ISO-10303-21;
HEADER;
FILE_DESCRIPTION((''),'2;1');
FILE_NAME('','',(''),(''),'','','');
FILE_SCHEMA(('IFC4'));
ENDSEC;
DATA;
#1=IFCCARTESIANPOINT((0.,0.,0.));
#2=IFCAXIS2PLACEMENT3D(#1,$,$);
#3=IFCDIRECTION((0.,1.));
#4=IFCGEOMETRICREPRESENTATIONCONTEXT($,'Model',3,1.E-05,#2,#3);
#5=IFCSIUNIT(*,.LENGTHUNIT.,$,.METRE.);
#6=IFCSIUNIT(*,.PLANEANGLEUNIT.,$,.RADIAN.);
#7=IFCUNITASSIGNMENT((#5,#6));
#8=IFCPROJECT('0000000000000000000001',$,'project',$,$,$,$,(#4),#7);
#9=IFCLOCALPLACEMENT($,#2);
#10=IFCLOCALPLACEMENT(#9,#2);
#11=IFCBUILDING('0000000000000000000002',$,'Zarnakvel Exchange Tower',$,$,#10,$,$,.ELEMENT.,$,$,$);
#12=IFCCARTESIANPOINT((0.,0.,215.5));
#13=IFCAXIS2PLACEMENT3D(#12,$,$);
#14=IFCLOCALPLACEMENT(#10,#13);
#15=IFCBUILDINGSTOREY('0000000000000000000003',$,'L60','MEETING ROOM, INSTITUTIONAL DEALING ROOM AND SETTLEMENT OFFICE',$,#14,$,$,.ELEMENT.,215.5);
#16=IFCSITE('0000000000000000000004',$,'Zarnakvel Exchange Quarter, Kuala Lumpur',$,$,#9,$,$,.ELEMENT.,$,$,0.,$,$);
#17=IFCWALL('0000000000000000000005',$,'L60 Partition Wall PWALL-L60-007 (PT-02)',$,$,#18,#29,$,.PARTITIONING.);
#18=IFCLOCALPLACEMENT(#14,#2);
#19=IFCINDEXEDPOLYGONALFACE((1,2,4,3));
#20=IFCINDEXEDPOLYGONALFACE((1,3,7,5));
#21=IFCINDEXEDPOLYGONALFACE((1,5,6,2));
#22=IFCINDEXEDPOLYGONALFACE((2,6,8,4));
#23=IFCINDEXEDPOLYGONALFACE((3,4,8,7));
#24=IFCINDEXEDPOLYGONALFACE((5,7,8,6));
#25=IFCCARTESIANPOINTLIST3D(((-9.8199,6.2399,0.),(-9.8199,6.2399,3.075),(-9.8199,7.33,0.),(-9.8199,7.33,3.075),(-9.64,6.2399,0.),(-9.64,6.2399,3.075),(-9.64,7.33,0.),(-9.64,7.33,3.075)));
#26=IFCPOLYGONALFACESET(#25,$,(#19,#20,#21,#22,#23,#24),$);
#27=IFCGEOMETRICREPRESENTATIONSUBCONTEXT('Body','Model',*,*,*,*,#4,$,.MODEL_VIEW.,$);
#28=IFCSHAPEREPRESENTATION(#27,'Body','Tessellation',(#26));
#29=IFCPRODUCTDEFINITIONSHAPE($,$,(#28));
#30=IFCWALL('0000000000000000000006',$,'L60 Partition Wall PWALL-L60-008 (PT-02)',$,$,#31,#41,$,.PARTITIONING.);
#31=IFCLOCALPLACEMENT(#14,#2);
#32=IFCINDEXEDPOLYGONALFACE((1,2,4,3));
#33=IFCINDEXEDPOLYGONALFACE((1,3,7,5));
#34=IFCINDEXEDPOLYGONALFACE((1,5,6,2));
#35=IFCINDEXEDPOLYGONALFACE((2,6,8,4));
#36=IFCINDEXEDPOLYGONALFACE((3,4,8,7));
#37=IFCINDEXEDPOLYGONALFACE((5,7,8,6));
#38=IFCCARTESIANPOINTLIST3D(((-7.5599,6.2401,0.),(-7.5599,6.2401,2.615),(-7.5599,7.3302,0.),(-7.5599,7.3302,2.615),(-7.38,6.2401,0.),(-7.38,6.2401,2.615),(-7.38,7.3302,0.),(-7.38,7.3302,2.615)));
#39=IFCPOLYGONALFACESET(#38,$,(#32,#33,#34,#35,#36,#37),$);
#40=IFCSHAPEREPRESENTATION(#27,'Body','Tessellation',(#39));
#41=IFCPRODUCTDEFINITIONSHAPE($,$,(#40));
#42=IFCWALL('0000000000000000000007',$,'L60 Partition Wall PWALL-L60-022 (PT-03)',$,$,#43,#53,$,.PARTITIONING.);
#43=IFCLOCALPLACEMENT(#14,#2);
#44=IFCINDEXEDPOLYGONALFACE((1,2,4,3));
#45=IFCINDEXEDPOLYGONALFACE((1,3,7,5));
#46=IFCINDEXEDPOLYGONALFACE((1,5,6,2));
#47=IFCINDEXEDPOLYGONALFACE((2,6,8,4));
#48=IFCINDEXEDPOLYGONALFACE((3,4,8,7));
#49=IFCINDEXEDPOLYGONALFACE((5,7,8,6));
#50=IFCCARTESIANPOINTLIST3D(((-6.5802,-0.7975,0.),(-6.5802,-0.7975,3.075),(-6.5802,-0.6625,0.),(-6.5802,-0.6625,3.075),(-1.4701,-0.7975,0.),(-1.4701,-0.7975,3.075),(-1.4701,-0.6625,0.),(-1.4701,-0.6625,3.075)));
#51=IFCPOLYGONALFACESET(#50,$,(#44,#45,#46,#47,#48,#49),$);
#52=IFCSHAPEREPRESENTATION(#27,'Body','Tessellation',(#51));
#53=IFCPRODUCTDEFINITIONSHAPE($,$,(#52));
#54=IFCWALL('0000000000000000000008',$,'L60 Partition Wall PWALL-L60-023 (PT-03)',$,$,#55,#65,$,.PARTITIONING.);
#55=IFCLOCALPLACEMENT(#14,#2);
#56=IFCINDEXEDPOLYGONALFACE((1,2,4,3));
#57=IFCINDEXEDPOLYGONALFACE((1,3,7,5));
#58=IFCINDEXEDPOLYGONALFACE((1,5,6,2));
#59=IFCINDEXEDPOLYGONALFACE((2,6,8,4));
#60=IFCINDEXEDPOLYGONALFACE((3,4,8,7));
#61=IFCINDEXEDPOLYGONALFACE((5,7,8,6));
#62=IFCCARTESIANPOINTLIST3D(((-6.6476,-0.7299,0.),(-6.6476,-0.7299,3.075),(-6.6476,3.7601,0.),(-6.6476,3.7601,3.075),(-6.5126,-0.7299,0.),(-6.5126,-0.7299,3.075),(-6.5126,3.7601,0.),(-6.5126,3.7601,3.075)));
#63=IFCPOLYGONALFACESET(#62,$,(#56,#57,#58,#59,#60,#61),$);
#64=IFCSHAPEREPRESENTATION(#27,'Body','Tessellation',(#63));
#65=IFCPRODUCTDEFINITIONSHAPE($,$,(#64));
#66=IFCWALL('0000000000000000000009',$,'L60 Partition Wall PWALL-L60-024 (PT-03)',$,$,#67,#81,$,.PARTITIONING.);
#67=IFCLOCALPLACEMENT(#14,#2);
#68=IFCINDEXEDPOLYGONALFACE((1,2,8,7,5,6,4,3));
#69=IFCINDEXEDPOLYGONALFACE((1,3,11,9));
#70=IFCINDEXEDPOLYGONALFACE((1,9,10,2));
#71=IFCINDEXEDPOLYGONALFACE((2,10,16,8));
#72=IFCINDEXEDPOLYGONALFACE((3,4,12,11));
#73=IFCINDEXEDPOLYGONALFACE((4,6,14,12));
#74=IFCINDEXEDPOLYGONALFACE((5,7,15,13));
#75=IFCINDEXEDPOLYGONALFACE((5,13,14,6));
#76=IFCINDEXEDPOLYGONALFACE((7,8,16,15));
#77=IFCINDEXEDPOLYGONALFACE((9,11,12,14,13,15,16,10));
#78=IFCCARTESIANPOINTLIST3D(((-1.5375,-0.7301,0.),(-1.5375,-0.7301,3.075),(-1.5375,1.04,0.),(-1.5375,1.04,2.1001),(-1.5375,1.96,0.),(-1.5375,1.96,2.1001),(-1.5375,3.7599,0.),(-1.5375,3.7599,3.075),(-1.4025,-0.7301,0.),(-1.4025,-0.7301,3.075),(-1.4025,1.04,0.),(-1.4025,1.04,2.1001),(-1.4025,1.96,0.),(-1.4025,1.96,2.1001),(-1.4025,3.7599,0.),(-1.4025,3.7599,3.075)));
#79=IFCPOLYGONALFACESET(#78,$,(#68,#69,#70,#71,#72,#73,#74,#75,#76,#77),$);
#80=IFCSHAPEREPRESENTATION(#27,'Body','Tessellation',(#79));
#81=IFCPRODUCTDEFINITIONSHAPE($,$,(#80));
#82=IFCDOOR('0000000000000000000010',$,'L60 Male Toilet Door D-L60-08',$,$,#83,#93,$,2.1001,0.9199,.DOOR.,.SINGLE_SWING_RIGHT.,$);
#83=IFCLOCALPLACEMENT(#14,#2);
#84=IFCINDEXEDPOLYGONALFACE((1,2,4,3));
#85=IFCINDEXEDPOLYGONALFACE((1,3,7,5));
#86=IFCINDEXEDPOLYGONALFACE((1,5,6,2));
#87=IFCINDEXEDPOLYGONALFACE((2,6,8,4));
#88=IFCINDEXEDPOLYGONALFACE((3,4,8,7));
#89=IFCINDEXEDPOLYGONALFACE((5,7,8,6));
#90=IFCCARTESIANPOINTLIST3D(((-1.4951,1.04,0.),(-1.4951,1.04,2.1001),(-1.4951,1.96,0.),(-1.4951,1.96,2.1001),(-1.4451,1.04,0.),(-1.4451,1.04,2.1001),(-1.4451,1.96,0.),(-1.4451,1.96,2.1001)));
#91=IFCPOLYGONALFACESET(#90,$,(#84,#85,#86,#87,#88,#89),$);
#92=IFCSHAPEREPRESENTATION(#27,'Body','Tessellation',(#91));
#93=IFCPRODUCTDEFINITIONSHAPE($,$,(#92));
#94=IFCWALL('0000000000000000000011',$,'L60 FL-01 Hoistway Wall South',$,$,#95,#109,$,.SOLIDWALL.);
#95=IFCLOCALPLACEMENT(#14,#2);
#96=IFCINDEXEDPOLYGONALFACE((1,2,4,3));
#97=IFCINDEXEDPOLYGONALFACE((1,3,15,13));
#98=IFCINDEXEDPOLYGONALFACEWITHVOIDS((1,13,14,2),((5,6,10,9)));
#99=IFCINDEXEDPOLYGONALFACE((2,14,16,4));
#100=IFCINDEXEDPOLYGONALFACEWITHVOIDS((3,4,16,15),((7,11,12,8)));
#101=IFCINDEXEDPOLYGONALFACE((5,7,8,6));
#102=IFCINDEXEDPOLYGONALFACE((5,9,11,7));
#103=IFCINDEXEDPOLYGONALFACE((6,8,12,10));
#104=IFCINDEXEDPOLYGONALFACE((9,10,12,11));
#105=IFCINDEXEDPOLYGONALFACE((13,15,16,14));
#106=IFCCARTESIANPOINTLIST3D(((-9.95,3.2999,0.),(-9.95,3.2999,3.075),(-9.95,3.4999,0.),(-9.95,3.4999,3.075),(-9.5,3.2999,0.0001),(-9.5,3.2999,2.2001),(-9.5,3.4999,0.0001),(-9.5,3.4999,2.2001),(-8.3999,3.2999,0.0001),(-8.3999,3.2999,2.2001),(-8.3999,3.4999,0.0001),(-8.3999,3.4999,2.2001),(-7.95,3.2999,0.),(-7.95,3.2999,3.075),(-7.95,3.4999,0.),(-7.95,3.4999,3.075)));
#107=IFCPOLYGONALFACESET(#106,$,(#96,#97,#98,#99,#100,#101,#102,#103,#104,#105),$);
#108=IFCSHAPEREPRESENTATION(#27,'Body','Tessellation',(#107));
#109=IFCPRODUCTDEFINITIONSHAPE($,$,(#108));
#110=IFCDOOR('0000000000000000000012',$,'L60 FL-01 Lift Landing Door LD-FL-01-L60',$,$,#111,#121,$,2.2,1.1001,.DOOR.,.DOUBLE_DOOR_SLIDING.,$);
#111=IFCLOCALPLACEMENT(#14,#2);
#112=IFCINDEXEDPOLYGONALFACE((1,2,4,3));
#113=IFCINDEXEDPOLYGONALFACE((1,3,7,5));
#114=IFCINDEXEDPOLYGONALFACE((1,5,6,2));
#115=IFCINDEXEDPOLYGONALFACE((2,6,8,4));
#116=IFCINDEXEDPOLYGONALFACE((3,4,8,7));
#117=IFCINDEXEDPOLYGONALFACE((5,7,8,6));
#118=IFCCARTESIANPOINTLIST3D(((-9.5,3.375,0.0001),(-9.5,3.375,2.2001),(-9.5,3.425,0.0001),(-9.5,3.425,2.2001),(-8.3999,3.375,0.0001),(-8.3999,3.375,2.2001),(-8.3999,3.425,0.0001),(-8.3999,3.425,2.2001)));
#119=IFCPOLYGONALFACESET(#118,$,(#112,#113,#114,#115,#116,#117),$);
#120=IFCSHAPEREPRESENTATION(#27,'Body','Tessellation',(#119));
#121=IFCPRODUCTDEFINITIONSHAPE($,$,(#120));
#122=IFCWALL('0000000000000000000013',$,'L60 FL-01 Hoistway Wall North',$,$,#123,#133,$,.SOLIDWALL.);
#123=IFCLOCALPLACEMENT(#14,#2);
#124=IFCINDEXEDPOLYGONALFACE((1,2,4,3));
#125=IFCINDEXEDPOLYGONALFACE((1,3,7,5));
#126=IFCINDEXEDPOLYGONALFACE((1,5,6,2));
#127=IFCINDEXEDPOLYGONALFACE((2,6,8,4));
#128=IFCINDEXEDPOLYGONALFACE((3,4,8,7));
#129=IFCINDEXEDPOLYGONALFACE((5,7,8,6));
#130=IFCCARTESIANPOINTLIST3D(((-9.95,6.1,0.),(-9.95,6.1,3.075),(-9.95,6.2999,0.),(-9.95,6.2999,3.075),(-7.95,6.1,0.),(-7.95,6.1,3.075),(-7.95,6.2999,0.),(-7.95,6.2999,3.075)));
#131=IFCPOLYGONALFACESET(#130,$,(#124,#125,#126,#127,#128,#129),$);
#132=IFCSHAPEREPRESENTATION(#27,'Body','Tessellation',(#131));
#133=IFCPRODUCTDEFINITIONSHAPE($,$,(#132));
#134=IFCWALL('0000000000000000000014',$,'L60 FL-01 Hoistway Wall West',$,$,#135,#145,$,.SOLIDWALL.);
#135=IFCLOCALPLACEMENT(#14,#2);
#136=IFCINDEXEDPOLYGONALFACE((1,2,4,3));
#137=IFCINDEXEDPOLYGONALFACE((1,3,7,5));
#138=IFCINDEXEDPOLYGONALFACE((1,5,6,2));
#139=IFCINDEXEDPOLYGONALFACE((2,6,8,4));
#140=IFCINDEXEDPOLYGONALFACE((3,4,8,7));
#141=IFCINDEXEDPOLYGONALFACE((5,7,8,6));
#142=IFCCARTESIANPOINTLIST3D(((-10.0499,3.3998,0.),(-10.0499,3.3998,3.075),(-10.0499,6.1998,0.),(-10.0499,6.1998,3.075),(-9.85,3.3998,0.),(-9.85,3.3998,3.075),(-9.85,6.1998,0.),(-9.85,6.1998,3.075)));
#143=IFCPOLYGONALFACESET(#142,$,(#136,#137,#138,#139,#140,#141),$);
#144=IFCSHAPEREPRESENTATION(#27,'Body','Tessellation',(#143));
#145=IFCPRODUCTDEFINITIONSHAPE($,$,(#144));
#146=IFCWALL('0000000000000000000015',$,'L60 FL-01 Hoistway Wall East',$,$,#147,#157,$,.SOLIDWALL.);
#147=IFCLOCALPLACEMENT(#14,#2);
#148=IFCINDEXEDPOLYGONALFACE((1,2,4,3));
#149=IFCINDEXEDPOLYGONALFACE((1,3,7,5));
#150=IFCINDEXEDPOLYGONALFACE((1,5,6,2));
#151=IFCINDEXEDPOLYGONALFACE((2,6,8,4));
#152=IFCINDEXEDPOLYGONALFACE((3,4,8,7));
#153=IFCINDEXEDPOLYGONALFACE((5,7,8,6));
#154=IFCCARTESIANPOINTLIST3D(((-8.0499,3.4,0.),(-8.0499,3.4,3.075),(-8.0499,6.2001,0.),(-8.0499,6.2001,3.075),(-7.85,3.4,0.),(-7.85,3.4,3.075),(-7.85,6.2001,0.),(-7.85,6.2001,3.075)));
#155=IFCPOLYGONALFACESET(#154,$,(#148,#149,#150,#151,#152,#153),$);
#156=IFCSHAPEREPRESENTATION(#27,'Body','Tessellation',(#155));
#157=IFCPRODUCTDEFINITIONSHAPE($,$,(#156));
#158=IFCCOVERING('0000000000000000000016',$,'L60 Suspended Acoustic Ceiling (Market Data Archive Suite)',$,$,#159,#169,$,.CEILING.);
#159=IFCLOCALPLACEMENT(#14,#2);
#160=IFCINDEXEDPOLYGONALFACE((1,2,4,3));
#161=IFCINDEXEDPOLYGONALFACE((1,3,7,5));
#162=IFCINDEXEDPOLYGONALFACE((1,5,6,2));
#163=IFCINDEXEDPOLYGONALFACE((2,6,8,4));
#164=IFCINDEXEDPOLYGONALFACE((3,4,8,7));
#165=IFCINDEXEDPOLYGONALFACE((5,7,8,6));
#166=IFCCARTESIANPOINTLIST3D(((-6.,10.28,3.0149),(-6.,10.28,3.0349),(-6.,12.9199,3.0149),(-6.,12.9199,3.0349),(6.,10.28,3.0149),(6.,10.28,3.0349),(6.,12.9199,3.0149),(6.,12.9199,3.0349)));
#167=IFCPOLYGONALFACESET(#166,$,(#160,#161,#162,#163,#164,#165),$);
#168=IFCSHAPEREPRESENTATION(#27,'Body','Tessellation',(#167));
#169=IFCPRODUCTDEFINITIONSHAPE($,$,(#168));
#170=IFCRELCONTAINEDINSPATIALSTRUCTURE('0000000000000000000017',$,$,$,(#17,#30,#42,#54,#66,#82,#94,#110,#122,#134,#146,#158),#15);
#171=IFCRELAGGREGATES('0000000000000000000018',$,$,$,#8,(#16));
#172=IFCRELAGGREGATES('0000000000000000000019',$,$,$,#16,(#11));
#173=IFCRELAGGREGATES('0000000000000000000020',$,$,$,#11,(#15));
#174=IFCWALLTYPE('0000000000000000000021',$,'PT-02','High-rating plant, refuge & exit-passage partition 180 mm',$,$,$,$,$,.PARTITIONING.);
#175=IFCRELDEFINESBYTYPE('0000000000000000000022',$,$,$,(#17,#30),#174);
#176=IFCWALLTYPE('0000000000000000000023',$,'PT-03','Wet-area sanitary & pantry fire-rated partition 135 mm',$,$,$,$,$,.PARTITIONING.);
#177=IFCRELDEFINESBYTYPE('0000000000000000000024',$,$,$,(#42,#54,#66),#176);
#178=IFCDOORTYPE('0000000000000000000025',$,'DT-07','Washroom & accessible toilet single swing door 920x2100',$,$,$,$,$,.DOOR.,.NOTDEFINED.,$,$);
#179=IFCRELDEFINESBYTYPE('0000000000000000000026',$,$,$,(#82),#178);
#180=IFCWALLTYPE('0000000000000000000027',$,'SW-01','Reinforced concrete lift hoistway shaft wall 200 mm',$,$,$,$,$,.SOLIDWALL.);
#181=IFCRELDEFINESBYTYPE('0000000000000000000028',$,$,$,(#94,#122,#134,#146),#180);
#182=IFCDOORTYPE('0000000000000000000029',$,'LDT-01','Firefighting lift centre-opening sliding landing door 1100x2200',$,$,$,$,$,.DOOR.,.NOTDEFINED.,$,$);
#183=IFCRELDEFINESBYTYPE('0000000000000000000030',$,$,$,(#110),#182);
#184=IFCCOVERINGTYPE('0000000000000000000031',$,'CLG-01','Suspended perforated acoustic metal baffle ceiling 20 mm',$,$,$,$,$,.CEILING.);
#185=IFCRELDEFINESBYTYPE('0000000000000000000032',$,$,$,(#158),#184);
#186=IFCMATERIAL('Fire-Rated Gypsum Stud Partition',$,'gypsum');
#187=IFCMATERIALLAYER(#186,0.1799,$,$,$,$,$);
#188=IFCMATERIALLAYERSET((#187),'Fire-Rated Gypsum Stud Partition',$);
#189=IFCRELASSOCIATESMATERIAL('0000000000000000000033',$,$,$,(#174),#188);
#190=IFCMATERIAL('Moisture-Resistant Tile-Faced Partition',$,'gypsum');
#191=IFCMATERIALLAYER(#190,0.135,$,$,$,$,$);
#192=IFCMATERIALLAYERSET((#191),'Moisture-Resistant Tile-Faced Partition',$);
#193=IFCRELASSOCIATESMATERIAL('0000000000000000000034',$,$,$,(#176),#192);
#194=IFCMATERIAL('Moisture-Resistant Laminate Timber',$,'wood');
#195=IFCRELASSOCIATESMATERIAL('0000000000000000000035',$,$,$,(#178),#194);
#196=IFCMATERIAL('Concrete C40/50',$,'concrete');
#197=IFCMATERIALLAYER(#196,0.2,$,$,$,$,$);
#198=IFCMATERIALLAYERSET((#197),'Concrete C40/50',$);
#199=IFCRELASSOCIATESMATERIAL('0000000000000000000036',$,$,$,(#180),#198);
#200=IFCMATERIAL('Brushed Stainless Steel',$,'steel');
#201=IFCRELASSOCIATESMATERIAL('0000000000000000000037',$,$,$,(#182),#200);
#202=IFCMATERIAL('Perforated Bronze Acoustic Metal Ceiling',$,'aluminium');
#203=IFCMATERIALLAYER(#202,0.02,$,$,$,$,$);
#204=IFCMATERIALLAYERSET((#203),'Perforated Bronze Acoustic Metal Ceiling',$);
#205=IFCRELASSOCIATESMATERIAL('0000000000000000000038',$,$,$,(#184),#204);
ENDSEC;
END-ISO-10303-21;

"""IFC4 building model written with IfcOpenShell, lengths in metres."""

from ifc_helpers import new_model, si_unit, direction, frame, frame_2d, origin, place, context, subcontext, project, spatial, polyline, rectangle, outline, extrude, source, transform, mapped, material, layer, layer_set, type_object, element, fill, save


model = new_model("IFC4")

# Units and contexts
model_context = context("Model", 3, precision=1e-05, world=origin(), true_north=direction((0.0, 1.0)))
body_context = subcontext(model_context, "Body", "Model", "MODEL_VIEW")
ifc_project = project(units=[si_unit("LENGTHUNIT", "METRE"), si_unit("PLANEANGLEUNIT", "RADIAN")], contexts=[model_context])

# Site, building, storey
site_placement = place(None, origin())
site = spatial("IfcSite", under=ifc_project, at=site_placement, Name="Zarnakvel Exchange Quarter, Kuala Lumpur", CompositionType="ELEMENT", RefElevation=0.0)
building_placement = place(site_placement, origin())
building = spatial("IfcBuilding", under=site, at=building_placement, Name="Zarnakvel Exchange Tower", CompositionType="ELEMENT")
storey_placement = place(building_placement, frame((0.0, 0.0, 215.5)))
storey = spatial("IfcBuildingStorey", under=building, at=storey_placement, Name="L60", Description="MEETING ROOM, INSTITUTIONAL DEALING ROOM AND SETTLEMENT OFFICE", CompositionType="ELEMENT", Elevation=215.5)

# Shared definitions
ifc_material_1 = material(Name="Concrete C40/50", Category="concrete")

# Shared definitions
ifc_material_2 = material(Name="Fire-Rated Gypsum Stud Partition", Category="gypsum")

# Walls
ifc_layer_1 = layer(ifc_material_2, 0.1799)
ifc_layer_set_1 = layer_set([ifc_layer_1], Name="Fire-Rated Gypsum Stud Partition")
wall_type_1 = type_object("IfcWallType", Name="PT-02", Description="High-rating plant, refuge & exit-passage partition 180 mm", PredefinedType="PARTITIONING", material=ifc_layer_set_1)
wall_1_placement = place(storey_placement, frame((-9.73, 6.24, 0.0), z_axis=(0.0, 0.0, 1.0), x_axis=(0.0, 1.0, 0.0)))
element("IfcWall", 1, at=wall_1_placement, inside=storey, type_object=wall_type_1, Name="L60 Partition Wall PWALL-L60-007 (PT-02)", PredefinedType="PARTITIONING", context=body_context, shape_type="SweptSolid", body=[
    extrude(rectangle(XDim=1.0901, YDim=0.1799, at=frame_2d((0.5449, 0.0))), origin(), (0.0, 0.0, 1.0), 3.075),
])
wall_2_placement = place(storey_placement, frame((-7.47, 7.3301, 0.0), z_axis=(0.0, 0.0, 1.0), x_axis=(0.0, -1.0, 0.0)))
element("IfcWall", 2, at=wall_2_placement, inside=storey, type_object=wall_type_1, Name="L60 Partition Wall PWALL-L60-008 (PT-02)", PredefinedType="PARTITIONING", context=body_context, shape_type="SweptSolid", body=[
    extrude(rectangle(XDim=1.0901, YDim=0.1799, at=frame_2d((0.5449, 0.0))), origin(), (0.0, 0.0, 1.0), 2.615),
])
ifc_material_3 = material(Name="Moisture-Resistant Tile-Faced Partition", Category="gypsum")
ifc_layer_2 = layer(ifc_material_3, 0.135)
ifc_layer_set_2 = layer_set([ifc_layer_2], Name="Moisture-Resistant Tile-Faced Partition")
wall_type_2 = type_object("IfcWallType", Name="PT-03", Description="Wet-area sanitary & pantry fire-rated partition 135 mm", PredefinedType="PARTITIONING", material=ifc_layer_set_2)
wall_3_placement = place(storey_placement, frame((-1.47, -0.73, 0.0), z_axis=(0.0, 0.0, 1.0), x_axis=(-1.0, 0.0, 0.0)))
element("IfcWall", 3, at=wall_3_placement, inside=storey, type_object=wall_type_2, Name="L60 Partition Wall PWALL-L60-022 (PT-03)", PredefinedType="PARTITIONING", context=body_context, shape_type="SweptSolid", body=[
    extrude(rectangle(XDim=5.1101, YDim=0.135, at=frame_2d((2.5552, 0.0))), origin(), (0.0, 0.0, 1.0), 3.075),
])
wall_4_placement = place(storey_placement, frame((-6.5801, -0.73, 0.0), z_axis=(0.0, 0.0, 1.0), x_axis=(0.0, 1.0, 0.0)))
element("IfcWall", 4, at=wall_4_placement, inside=storey, type_object=wall_type_2, Name="L60 Partition Wall PWALL-L60-023 (PT-03)", PredefinedType="PARTITIONING", context=body_context, shape_type="SweptSolid", body=[
    extrude(rectangle(XDim=4.49, YDim=0.135, at=frame_2d((2.2451, 0.0))), origin(), (0.0, 0.0, 1.0), 3.075),
])

# Walls, openings, doors
wall_5_placement = place(storey_placement, frame((-1.47, 3.76, 0.0), z_axis=(0.0, 0.0, 1.0), x_axis=(0.0, -1.0, 0.0)))
wall_5 = element("IfcWall", 5, at=wall_5_placement, inside=storey, type_object=wall_type_2, Name="L60 Partition Wall PWALL-L60-024 (PT-03)", PredefinedType="PARTITIONING", context=body_context, shape_type="SweptSolid", body=[
    extrude(rectangle(XDim=4.49, YDim=0.135, at=frame_2d((2.2451, 0.0))), origin(), (0.0, 0.0, 1.0), 3.075),
])
opening_1_placement = place(wall_5_placement, frame((1.8, 0.0, 0.0)))
opening_1 = element("IfcOpeningElement", 6, at=opening_1_placement, cuts=wall_5, PredefinedType="OPENING", context=body_context, shape_type="SweptSolid", body=[
    extrude(rectangle(XDim=0.9199, YDim=2.1001, at=frame_2d((0.46, 1.05))), frame((0.0, 0.0774, 0.0), z_axis=(0.0, -1.0, 0.0), x_axis=(1.0, 0.0, 0.0)), (0.0, 0.0, 1.0), 0.155),
])
ifc_material_4 = material(Name="Moisture-Resistant Laminate Timber", Category="wood")
door_type_1 = type_object("IfcDoorType", Name="DT-07", Description="Washroom & accessible toilet single swing door 920x2100", OperationType="NOTDEFINED", PredefinedType="DOOR", material=ifc_material_4)
shared_shape_1 = source(origin(), body_context, "Body", "SweptSolid", [
    extrude(rectangle(XDim=0.9199, YDim=2.1001, at=frame_2d((0.46, 1.05))), frame((0.0, 0.0249, 0.0), z_axis=(0.0, -1.0, 0.0), x_axis=(1.0, 0.0, 0.0)), (0.0, 0.0, 1.0), 0.05),
])
door_1_placement = place(opening_1_placement, origin())
door_1 = element("IfcDoor", 7, at=door_1_placement, inside=storey, type_object=door_type_1, Name="L60 Male Toilet Door D-L60-08", OperationType="SINGLE_SWING_RIGHT", OverallHeight=2.1001, OverallWidth=0.9199, PredefinedType="DOOR", context=body_context, shape_type="MappedRepresentation", body=[
    mapped(shared_shape_1, transform((0.0, 0.0, 0.0), x_axis=(1.0, 0.0, 0.0), y_axis=(0.0, 1.0, 0.0), z_axis=(0.0, 0.0, 1.0), scale=1.0)),
])
fill(opening_1, door_1)
ifc_layer_3 = layer(ifc_material_1, 0.2)
ifc_layer_set_3 = layer_set([ifc_layer_3], Name="Concrete C40/50")
wall_type_3 = type_object("IfcWallType", Name="SW-01", Description="Reinforced concrete lift hoistway shaft wall 200 mm", PredefinedType="SOLIDWALL", material=ifc_layer_set_3)
wall_6_placement = place(storey_placement, frame((-7.95, 3.3999, 0.0), z_axis=(0.0, 0.0, 1.0), x_axis=(-1.0, 0.0, 0.0)))
wall_6 = element("IfcWall", 8, at=wall_6_placement, inside=storey, type_object=wall_type_3, Name="L60 FL-01 Hoistway Wall South", PredefinedType="SOLIDWALL", context=body_context, shape_type="SweptSolid", body=[
    extrude(rectangle(XDim=2.0, YDim=0.2, at=frame_2d((1.0, 0.0))), origin(), (0.0, 0.0, 1.0), 3.075),
])
opening_2_placement = place(wall_6_placement, frame((0.45, 0.0, 0.0)))
opening_2 = element("IfcOpeningElement", 9, at=opening_2_placement, cuts=wall_6, PredefinedType="OPENING", context=body_context, shape_type="SweptSolid", body=[
    extrude(rectangle(XDim=1.1001, YDim=2.2, at=frame_2d((0.55, 1.1001))), frame((0.0, 0.1099, 0.0), z_axis=(0.0, -1.0, 0.0), x_axis=(1.0, 0.0, 0.0)), (0.0, 0.0, 1.0), 0.22),
])
ifc_material_5 = material(Name="Brushed Stainless Steel", Category="steel")
door_type_2 = type_object("IfcDoorType", Name="LDT-01", Description="Firefighting lift centre-opening sliding landing door 1100x2200", OperationType="NOTDEFINED", PredefinedType="DOOR", material=ifc_material_5)
shared_shape_2 = source(origin(), body_context, "Body", "SweptSolid", [
    extrude(rectangle(XDim=1.1001, YDim=2.2, at=frame_2d((0.55, 1.1001))), frame((0.0, 0.0249, 0.0), z_axis=(0.0, -1.0, 0.0), x_axis=(1.0, 0.0, 0.0)), (0.0, 0.0, 1.0), 0.05),
])
door_2_placement = place(opening_2_placement, origin())
door_2 = element("IfcDoor", 10, at=door_2_placement, inside=storey, type_object=door_type_2, Name="L60 FL-01 Lift Landing Door LD-FL-01-L60", OperationType="DOUBLE_DOOR_SLIDING", OverallHeight=2.2, OverallWidth=1.1001, PredefinedType="DOOR", context=body_context, shape_type="MappedRepresentation", body=[
    mapped(shared_shape_2, transform((0.0, 0.0, 0.0), x_axis=(1.0, 0.0, 0.0), y_axis=(0.0, 1.0, 0.0), z_axis=(0.0, 0.0, 1.0), scale=1.0)),
])
fill(opening_2, door_2)

# Walls
wall_7_placement = place(storey_placement, frame((-9.95, 6.2, 0.0), z_axis=(0.0, 0.0, 1.0), x_axis=(1.0, 0.0, 0.0)))
element("IfcWall", 11, at=wall_7_placement, inside=storey, type_object=wall_type_3, Name="L60 FL-01 Hoistway Wall North", PredefinedType="SOLIDWALL", context=body_context, shape_type="SweptSolid", body=[
    extrude(rectangle(XDim=2.0, YDim=0.2, at=frame_2d((1.0, 0.0))), origin(), (0.0, 0.0, 1.0), 3.075),
])
for number, where, z_axis, x_axis, name in (
    (12, (-9.95, 3.3999, 0.0), (0.0, 0.0, 1.0), (0.0, 1.0, 0.0), "L60 FL-01 Hoistway Wall West"),
    (13, (-7.95, 6.2, 0.0), (0.0, 0.0, 1.0), (0.0, -1.0, 0.0), "L60 FL-01 Hoistway Wall East"),
):
    element("IfcWall", number, at=place(storey_placement, frame(where, z_axis=z_axis, x_axis=x_axis)), inside=storey, type_object=wall_type_3, Name=name, PredefinedType="SOLIDWALL", context=body_context, shape_type="SweptSolid", body=[
        extrude(rectangle(XDim=2.8, YDim=0.2, at=frame_2d((1.3999, 0.0))), origin(), (0.0, 0.0, 1.0), 3.075),
    ])

# Covering
ifc_material_6 = material(Name="Perforated Bronze Acoustic Metal Ceiling", Category="aluminium")
ifc_layer_4 = layer(ifc_material_6, 0.02)
ifc_layer_set_4 = layer_set([ifc_layer_4], Name="Perforated Bronze Acoustic Metal Ceiling")
covering_type_1 = type_object("IfcCoveringType", Name="CLG-01", Description="Suspended perforated acoustic metal baffle ceiling 20 mm", PredefinedType="CEILING", material=ifc_layer_set_4)
covering_1_placement = place(storey_placement, frame((0.0, 0.0, 3.0149)))
element("IfcCovering", 14, at=covering_1_placement, inside=storey, type_object=covering_type_1, Name="L60 Suspended Acoustic Ceiling (Market Data Archive Suite)", PredefinedType="CEILING", context=body_context, shape_type="SweptSolid", body=[
    extrude(outline(polyline([(-6.0, 12.9199), (6.0, 12.9199), (6.0, 10.28), (-6.0, 10.28), (-6.0, 12.9199)])), origin(), (0.0, 0.0, 1.0), 0.02),
])

save(model, "model.ifc")
